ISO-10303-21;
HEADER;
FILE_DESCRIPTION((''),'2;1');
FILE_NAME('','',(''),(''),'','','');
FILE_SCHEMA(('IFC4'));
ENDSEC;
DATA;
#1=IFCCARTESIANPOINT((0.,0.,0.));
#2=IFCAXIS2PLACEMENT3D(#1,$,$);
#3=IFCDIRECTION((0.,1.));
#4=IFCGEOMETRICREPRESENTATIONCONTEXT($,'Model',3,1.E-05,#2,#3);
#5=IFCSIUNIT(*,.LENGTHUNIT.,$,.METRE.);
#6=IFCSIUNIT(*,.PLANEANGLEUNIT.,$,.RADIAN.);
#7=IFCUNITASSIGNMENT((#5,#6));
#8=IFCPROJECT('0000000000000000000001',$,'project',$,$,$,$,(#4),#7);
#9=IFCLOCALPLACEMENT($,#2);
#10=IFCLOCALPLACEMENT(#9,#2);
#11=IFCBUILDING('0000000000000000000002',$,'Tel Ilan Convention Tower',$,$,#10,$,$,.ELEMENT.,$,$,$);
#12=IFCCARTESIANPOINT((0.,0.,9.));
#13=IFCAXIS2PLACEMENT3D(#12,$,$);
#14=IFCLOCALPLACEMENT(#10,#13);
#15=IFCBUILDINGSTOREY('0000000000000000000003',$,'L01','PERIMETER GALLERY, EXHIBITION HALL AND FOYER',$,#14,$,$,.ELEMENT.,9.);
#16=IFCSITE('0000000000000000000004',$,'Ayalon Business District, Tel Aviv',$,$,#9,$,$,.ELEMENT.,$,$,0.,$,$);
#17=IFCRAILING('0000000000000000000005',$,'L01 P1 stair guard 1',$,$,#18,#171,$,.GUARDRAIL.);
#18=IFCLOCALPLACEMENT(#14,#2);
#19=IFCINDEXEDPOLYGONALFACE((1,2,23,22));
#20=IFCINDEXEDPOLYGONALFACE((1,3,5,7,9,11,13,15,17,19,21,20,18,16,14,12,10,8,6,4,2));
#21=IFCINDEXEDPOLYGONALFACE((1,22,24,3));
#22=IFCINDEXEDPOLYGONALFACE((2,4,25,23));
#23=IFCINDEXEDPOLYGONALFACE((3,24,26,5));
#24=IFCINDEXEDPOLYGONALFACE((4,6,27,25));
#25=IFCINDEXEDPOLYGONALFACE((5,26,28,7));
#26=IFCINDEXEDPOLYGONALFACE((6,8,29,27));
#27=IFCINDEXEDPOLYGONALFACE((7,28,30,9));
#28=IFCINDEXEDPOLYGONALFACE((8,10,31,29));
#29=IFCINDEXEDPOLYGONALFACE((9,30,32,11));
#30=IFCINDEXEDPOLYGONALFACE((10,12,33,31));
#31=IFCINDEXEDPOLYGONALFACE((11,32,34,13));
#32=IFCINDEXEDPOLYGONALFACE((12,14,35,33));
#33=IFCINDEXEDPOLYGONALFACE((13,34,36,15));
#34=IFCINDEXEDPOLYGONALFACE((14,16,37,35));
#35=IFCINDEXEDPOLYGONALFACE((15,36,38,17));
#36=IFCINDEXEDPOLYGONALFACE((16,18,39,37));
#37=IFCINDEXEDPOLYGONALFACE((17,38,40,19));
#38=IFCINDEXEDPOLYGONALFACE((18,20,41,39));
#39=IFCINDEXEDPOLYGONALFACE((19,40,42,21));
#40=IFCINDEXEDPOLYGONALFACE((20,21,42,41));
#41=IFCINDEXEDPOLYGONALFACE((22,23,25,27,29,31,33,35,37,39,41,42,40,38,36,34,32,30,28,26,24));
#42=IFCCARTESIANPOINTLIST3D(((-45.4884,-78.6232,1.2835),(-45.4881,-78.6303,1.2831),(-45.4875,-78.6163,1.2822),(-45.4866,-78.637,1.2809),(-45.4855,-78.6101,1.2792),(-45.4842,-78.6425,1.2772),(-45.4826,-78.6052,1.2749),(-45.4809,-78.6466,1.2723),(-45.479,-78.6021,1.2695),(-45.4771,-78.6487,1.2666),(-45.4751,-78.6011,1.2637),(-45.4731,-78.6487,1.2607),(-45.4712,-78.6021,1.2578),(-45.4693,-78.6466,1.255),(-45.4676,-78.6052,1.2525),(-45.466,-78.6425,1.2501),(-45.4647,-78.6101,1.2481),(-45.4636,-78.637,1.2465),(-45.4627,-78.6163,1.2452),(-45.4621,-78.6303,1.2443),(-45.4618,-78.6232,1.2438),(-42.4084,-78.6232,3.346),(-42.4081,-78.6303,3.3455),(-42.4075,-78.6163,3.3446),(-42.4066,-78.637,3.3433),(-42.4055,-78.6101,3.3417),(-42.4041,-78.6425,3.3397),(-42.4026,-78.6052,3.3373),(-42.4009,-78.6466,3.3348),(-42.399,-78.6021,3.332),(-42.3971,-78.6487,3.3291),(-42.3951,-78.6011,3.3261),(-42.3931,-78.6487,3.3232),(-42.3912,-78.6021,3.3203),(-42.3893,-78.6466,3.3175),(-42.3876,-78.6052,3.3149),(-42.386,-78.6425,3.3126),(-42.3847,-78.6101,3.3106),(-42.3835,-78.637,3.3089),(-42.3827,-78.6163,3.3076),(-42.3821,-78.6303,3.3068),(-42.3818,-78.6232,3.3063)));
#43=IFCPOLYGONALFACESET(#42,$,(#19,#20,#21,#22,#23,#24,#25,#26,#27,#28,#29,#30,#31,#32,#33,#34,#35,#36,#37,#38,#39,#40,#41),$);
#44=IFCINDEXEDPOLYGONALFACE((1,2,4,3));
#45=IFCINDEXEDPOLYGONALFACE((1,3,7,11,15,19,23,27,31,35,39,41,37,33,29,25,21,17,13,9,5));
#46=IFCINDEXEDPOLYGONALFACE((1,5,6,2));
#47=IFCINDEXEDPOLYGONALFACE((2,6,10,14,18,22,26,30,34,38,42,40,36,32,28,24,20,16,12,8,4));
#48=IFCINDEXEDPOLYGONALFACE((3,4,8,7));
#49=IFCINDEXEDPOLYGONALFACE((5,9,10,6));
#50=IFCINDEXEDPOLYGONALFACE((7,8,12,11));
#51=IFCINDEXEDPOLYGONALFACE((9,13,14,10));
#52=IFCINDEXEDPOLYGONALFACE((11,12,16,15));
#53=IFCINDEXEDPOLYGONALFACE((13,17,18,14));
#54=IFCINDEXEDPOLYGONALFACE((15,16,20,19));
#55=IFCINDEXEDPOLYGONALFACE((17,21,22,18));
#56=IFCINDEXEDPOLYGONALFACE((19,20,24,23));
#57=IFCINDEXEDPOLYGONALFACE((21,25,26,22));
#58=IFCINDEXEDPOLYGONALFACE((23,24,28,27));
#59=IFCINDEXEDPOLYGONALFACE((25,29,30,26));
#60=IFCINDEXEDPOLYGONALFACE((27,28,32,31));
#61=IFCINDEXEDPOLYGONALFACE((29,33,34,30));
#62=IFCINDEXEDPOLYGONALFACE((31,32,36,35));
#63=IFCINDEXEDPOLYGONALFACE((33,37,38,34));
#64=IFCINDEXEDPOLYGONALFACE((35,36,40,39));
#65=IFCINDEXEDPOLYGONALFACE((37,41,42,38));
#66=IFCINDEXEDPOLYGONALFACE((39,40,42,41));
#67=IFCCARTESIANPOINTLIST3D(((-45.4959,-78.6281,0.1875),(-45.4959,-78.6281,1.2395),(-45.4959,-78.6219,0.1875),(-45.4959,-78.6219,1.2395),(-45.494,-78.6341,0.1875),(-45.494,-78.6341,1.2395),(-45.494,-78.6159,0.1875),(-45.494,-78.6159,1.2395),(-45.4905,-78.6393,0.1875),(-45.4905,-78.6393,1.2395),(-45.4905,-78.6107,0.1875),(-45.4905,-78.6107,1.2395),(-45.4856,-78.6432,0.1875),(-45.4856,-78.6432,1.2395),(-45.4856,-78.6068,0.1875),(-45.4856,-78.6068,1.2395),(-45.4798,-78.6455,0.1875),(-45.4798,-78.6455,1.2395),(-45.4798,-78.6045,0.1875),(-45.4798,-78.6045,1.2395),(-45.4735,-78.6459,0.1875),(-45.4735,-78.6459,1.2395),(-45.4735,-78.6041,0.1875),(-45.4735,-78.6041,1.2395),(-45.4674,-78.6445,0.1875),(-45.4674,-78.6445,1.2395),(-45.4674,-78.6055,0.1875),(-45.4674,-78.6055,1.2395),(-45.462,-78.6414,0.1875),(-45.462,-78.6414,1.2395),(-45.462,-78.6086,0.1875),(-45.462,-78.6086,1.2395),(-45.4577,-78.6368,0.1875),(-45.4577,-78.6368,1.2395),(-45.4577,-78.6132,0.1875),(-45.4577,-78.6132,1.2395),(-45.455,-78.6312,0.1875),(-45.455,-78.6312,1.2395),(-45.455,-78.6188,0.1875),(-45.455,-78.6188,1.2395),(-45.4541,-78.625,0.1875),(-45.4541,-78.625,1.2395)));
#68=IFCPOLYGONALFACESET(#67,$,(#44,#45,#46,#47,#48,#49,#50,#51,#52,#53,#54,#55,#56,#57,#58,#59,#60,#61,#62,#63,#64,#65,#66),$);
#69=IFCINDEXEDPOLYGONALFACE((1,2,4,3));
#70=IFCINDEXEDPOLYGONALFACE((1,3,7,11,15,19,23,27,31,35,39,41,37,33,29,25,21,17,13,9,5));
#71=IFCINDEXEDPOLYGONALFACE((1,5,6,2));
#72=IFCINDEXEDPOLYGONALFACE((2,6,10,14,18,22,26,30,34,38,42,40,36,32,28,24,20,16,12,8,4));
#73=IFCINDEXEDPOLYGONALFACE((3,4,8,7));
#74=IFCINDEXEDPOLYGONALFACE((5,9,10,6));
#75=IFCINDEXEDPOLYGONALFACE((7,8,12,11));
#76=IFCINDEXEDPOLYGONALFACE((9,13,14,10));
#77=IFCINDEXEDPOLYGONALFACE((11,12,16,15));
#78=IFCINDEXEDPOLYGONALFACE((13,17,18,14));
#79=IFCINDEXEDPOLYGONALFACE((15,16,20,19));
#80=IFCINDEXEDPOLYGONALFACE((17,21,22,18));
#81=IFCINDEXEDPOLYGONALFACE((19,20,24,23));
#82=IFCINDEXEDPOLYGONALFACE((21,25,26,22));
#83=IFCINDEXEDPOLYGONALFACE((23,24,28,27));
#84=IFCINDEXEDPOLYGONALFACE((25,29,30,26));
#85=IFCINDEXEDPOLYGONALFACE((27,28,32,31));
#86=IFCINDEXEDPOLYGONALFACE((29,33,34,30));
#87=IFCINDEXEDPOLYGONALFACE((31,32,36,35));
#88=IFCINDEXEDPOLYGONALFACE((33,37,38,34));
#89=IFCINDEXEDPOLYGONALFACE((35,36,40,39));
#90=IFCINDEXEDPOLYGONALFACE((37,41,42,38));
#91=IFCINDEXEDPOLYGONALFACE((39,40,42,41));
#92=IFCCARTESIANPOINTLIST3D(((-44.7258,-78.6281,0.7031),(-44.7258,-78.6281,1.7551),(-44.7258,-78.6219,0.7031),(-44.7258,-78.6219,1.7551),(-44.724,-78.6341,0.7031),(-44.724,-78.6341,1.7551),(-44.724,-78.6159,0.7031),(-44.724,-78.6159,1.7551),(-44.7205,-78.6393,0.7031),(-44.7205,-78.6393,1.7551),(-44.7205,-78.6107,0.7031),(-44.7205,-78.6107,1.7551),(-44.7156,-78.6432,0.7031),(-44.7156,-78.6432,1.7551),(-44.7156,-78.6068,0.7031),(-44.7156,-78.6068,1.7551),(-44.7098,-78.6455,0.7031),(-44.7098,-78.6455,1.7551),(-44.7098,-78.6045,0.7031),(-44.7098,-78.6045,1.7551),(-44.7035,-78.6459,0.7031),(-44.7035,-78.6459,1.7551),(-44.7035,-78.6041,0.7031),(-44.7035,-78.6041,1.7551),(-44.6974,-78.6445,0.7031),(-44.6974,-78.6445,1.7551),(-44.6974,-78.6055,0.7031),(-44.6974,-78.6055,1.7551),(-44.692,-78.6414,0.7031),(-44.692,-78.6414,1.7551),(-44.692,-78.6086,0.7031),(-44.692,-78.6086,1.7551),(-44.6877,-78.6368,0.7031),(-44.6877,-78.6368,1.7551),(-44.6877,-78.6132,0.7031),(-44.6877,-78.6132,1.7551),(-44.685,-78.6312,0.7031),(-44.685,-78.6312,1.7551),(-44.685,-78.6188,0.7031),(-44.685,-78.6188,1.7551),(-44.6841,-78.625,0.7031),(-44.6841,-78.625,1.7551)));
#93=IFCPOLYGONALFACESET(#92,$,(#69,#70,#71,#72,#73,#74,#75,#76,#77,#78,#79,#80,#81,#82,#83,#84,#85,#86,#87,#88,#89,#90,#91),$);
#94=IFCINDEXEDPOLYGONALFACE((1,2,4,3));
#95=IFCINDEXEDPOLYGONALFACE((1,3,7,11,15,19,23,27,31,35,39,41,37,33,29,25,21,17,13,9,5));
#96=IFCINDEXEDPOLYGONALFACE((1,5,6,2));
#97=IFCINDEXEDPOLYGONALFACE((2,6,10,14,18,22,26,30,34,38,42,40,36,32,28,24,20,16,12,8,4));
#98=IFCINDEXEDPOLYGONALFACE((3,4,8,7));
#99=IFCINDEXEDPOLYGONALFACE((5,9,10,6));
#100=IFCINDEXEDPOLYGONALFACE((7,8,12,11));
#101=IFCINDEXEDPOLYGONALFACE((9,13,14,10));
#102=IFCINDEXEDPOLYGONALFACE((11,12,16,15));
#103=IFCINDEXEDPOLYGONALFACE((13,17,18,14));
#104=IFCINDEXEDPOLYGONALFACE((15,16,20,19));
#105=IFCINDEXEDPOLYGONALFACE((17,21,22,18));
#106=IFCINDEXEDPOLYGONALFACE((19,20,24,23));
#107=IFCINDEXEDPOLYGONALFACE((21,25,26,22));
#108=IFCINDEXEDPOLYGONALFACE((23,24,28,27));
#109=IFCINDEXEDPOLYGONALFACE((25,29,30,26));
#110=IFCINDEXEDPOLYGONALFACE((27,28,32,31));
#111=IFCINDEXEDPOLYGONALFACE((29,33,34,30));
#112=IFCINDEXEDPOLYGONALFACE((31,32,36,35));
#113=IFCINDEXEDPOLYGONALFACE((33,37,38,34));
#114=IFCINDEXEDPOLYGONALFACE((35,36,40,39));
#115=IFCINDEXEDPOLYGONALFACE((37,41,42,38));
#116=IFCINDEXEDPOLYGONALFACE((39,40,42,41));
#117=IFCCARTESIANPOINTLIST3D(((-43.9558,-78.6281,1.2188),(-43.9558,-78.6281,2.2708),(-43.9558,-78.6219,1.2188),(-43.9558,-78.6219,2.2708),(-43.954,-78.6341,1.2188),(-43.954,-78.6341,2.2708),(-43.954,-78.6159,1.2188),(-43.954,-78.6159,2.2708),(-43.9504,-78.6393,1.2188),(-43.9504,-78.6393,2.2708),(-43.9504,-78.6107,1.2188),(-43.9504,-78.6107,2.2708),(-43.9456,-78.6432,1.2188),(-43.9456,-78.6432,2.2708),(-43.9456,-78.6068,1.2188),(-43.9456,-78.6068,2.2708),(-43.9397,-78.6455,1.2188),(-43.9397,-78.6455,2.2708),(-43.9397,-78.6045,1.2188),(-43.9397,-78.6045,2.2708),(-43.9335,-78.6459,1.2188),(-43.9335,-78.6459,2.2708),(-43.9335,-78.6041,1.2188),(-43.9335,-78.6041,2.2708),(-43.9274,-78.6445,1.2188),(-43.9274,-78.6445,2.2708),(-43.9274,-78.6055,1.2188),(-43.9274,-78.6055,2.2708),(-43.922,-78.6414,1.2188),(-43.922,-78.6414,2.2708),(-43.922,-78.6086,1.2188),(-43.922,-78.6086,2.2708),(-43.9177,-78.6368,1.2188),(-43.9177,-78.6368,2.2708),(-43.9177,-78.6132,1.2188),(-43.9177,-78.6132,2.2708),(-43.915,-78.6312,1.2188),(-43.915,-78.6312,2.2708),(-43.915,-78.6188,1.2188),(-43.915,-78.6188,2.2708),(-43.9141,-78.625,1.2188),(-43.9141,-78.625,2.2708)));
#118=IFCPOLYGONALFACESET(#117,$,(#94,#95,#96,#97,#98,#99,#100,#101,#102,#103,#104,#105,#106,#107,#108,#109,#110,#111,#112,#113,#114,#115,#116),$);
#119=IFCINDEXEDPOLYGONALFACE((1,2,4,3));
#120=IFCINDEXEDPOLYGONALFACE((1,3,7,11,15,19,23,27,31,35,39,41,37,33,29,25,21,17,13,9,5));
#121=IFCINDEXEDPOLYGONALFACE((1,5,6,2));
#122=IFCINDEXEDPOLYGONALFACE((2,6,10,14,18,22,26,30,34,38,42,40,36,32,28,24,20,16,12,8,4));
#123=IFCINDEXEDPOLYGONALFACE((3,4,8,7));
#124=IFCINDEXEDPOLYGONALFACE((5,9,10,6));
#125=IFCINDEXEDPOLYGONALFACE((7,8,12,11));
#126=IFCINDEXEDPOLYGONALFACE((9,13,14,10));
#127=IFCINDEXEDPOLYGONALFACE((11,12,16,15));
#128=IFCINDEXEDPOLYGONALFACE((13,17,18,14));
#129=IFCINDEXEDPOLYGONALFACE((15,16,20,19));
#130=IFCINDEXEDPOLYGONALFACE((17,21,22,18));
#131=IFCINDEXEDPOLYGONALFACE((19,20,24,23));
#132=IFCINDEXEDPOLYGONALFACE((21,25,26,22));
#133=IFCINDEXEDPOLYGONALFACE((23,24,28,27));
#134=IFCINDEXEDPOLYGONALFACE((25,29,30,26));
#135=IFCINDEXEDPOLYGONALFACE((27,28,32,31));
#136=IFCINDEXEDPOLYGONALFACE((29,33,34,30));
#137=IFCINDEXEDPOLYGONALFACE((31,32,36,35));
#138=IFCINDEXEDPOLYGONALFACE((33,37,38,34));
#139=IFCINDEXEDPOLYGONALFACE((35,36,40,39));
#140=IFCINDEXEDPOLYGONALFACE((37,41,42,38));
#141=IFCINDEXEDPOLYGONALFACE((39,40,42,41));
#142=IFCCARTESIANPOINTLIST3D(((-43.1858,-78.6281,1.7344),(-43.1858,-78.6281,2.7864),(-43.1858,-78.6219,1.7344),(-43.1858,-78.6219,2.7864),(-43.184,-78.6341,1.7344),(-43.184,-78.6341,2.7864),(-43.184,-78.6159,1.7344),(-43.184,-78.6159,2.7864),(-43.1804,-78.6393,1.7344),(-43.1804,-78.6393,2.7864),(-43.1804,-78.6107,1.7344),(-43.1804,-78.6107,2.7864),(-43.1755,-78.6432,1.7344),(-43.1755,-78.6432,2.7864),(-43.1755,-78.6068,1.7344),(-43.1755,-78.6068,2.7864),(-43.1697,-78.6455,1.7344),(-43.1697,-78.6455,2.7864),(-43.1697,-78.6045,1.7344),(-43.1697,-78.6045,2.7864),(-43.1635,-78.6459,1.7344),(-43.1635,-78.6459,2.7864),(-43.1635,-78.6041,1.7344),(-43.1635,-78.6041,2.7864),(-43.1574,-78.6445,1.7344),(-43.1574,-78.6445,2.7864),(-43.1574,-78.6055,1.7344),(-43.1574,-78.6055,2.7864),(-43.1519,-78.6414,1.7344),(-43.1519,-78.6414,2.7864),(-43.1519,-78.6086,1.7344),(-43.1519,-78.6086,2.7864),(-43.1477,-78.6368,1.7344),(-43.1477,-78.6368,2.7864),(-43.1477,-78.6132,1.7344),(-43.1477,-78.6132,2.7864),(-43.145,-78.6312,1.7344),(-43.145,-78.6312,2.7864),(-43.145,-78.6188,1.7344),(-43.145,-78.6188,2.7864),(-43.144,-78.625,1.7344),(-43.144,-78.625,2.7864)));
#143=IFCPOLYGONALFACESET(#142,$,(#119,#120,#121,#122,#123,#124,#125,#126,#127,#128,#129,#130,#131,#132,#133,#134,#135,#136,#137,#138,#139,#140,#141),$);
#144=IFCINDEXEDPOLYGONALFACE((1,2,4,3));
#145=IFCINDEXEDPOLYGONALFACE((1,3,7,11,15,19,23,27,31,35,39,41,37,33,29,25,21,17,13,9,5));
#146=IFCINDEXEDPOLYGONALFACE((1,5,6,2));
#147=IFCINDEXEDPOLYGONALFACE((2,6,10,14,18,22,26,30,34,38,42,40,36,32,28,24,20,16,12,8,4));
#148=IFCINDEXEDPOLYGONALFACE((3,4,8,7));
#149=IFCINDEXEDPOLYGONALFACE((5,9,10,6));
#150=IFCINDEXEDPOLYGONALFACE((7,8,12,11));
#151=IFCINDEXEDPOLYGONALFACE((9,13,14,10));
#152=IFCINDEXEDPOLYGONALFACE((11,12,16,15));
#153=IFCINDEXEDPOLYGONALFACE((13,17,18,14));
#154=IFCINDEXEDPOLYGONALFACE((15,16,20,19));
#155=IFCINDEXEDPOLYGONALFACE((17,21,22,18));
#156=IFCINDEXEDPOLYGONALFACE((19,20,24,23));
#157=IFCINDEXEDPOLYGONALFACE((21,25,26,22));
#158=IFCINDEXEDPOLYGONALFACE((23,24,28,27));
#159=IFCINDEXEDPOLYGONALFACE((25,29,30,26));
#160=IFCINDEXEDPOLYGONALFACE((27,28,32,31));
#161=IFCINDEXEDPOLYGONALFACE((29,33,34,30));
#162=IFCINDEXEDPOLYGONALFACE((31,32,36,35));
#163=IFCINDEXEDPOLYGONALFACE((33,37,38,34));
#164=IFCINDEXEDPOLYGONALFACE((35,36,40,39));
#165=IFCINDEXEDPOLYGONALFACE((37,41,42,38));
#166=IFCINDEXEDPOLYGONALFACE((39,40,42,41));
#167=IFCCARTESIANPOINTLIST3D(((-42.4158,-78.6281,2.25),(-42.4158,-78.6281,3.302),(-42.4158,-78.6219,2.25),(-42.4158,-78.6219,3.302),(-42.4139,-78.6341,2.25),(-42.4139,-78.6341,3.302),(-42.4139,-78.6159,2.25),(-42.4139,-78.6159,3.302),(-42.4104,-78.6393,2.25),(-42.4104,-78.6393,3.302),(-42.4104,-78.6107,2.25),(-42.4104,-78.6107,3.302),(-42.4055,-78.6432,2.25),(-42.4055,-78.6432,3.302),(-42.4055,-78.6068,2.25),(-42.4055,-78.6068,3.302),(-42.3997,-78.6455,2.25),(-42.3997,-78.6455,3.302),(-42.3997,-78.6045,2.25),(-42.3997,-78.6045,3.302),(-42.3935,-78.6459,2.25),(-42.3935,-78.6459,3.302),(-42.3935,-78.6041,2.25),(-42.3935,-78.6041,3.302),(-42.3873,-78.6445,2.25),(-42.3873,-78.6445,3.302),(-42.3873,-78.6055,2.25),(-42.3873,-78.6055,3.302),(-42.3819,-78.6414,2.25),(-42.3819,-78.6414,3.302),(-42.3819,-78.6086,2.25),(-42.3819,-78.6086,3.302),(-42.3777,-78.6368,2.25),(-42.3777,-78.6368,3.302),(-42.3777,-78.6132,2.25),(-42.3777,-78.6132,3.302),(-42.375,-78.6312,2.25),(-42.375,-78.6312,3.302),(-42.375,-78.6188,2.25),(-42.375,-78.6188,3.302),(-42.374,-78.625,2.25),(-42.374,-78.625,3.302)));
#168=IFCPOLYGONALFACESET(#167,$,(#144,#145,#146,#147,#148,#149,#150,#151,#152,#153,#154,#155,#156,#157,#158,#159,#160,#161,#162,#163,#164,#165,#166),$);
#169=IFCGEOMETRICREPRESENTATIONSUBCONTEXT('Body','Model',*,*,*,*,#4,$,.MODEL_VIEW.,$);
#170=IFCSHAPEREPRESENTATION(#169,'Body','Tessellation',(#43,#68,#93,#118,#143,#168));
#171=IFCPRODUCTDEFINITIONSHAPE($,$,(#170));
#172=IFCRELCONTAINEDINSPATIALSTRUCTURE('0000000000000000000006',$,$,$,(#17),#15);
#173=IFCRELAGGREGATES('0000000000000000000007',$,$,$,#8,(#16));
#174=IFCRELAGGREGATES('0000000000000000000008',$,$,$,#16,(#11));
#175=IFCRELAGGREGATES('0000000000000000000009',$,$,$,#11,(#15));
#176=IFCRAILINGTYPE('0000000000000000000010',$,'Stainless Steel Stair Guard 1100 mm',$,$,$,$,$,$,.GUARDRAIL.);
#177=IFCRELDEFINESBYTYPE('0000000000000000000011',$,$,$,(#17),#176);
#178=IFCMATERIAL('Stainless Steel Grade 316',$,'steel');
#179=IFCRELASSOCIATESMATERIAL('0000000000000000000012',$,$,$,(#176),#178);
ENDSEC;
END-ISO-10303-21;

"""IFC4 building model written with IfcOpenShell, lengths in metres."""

from ifc_helpers import new_model, si_unit, direction, frame, origin, origin_2d, place, context, subcontext, project, spatial, circle, extrude, material, type_object, element, save


model = new_model("IFC4")

# Units and contexts
model_context = context("Model", 3, precision=1e-05, world=origin(), true_north=direction((0.0, 1.0)))
body_context = subcontext(model_context, "Body", "Model", "MODEL_VIEW")
ifc_project = project(units=[si_unit("LENGTHUNIT", "METRE"), si_unit("PLANEANGLEUNIT", "RADIAN")], contexts=[model_context])

# Site, building, storey
site_placement = place(None, origin())
site = spatial("IfcSite", under=ifc_project, at=site_placement, Name="Ayalon Business District, Tel Aviv", CompositionType="ELEMENT", RefElevation=0.0)
building_placement = place(site_placement, origin())
building = spatial("IfcBuilding", under=site, at=building_placement, Name="Tel Ilan Convention Tower", CompositionType="ELEMENT")
storey_placement = place(building_placement, frame((0.0, 0.0, 9.0)))
storey = spatial("IfcBuildingStorey", under=building, at=storey_placement, Name="L01", Description="PERIMETER GALLERY, EXHIBITION HALL AND FOYER", CompositionType="ELEMENT", Elevation=9.0)

# Railing
ifc_material_1 = material(Name="Stainless Steel Grade 316", Category="steel")
railing_type_1 = type_object("IfcRailingType", Name="Stainless Steel Stair Guard 1100 mm", PredefinedType="GUARDRAIL", material=ifc_material_1)
railing_1_placement = place(storey_placement, frame((-45.4751, -78.625, 0.1875)))
element("IfcRailing", 1, at=railing_1_placement, inside=storey, type_object=railing_type_1, Name="L01 P1 stair guard 1", PredefinedType="GUARDRAIL", context=body_context, shape_type="SweptSolid", body=[
    extrude(circle(Radius=0.0239, at=origin_2d()), frame((0.0, 0.0, 1.0762), z_axis=(0.830914, 0.0, 0.556401), x_axis=(0.0, 1.0, 0.0)), (0.0, 0.0, 1.0), 3.7068),
    extrude(circle(Radius=0.021, at=origin_2d()), origin(), (0.0, 0.0, 1.0), 1.052),
    extrude(circle(Radius=0.021, at=origin_2d()), frame((0.77, 0.0, 0.5156)), (0.0, 0.0, 1.0), 1.052),
    extrude(circle(Radius=0.021, at=origin_2d()), frame((1.54, 0.0, 1.0312)), (0.0, 0.0, 1.0), 1.052),
    extrude(circle(Radius=0.021, at=origin_2d()), frame((2.3101, 0.0, 1.5469)), (0.0, 0.0, 1.0), 1.052),
    extrude(circle(Radius=0.021, at=origin_2d()), frame((3.0801, 0.0, 2.0625)), (0.0, 0.0, 1.0), 1.052),
])

save(model, "model.ifc")
